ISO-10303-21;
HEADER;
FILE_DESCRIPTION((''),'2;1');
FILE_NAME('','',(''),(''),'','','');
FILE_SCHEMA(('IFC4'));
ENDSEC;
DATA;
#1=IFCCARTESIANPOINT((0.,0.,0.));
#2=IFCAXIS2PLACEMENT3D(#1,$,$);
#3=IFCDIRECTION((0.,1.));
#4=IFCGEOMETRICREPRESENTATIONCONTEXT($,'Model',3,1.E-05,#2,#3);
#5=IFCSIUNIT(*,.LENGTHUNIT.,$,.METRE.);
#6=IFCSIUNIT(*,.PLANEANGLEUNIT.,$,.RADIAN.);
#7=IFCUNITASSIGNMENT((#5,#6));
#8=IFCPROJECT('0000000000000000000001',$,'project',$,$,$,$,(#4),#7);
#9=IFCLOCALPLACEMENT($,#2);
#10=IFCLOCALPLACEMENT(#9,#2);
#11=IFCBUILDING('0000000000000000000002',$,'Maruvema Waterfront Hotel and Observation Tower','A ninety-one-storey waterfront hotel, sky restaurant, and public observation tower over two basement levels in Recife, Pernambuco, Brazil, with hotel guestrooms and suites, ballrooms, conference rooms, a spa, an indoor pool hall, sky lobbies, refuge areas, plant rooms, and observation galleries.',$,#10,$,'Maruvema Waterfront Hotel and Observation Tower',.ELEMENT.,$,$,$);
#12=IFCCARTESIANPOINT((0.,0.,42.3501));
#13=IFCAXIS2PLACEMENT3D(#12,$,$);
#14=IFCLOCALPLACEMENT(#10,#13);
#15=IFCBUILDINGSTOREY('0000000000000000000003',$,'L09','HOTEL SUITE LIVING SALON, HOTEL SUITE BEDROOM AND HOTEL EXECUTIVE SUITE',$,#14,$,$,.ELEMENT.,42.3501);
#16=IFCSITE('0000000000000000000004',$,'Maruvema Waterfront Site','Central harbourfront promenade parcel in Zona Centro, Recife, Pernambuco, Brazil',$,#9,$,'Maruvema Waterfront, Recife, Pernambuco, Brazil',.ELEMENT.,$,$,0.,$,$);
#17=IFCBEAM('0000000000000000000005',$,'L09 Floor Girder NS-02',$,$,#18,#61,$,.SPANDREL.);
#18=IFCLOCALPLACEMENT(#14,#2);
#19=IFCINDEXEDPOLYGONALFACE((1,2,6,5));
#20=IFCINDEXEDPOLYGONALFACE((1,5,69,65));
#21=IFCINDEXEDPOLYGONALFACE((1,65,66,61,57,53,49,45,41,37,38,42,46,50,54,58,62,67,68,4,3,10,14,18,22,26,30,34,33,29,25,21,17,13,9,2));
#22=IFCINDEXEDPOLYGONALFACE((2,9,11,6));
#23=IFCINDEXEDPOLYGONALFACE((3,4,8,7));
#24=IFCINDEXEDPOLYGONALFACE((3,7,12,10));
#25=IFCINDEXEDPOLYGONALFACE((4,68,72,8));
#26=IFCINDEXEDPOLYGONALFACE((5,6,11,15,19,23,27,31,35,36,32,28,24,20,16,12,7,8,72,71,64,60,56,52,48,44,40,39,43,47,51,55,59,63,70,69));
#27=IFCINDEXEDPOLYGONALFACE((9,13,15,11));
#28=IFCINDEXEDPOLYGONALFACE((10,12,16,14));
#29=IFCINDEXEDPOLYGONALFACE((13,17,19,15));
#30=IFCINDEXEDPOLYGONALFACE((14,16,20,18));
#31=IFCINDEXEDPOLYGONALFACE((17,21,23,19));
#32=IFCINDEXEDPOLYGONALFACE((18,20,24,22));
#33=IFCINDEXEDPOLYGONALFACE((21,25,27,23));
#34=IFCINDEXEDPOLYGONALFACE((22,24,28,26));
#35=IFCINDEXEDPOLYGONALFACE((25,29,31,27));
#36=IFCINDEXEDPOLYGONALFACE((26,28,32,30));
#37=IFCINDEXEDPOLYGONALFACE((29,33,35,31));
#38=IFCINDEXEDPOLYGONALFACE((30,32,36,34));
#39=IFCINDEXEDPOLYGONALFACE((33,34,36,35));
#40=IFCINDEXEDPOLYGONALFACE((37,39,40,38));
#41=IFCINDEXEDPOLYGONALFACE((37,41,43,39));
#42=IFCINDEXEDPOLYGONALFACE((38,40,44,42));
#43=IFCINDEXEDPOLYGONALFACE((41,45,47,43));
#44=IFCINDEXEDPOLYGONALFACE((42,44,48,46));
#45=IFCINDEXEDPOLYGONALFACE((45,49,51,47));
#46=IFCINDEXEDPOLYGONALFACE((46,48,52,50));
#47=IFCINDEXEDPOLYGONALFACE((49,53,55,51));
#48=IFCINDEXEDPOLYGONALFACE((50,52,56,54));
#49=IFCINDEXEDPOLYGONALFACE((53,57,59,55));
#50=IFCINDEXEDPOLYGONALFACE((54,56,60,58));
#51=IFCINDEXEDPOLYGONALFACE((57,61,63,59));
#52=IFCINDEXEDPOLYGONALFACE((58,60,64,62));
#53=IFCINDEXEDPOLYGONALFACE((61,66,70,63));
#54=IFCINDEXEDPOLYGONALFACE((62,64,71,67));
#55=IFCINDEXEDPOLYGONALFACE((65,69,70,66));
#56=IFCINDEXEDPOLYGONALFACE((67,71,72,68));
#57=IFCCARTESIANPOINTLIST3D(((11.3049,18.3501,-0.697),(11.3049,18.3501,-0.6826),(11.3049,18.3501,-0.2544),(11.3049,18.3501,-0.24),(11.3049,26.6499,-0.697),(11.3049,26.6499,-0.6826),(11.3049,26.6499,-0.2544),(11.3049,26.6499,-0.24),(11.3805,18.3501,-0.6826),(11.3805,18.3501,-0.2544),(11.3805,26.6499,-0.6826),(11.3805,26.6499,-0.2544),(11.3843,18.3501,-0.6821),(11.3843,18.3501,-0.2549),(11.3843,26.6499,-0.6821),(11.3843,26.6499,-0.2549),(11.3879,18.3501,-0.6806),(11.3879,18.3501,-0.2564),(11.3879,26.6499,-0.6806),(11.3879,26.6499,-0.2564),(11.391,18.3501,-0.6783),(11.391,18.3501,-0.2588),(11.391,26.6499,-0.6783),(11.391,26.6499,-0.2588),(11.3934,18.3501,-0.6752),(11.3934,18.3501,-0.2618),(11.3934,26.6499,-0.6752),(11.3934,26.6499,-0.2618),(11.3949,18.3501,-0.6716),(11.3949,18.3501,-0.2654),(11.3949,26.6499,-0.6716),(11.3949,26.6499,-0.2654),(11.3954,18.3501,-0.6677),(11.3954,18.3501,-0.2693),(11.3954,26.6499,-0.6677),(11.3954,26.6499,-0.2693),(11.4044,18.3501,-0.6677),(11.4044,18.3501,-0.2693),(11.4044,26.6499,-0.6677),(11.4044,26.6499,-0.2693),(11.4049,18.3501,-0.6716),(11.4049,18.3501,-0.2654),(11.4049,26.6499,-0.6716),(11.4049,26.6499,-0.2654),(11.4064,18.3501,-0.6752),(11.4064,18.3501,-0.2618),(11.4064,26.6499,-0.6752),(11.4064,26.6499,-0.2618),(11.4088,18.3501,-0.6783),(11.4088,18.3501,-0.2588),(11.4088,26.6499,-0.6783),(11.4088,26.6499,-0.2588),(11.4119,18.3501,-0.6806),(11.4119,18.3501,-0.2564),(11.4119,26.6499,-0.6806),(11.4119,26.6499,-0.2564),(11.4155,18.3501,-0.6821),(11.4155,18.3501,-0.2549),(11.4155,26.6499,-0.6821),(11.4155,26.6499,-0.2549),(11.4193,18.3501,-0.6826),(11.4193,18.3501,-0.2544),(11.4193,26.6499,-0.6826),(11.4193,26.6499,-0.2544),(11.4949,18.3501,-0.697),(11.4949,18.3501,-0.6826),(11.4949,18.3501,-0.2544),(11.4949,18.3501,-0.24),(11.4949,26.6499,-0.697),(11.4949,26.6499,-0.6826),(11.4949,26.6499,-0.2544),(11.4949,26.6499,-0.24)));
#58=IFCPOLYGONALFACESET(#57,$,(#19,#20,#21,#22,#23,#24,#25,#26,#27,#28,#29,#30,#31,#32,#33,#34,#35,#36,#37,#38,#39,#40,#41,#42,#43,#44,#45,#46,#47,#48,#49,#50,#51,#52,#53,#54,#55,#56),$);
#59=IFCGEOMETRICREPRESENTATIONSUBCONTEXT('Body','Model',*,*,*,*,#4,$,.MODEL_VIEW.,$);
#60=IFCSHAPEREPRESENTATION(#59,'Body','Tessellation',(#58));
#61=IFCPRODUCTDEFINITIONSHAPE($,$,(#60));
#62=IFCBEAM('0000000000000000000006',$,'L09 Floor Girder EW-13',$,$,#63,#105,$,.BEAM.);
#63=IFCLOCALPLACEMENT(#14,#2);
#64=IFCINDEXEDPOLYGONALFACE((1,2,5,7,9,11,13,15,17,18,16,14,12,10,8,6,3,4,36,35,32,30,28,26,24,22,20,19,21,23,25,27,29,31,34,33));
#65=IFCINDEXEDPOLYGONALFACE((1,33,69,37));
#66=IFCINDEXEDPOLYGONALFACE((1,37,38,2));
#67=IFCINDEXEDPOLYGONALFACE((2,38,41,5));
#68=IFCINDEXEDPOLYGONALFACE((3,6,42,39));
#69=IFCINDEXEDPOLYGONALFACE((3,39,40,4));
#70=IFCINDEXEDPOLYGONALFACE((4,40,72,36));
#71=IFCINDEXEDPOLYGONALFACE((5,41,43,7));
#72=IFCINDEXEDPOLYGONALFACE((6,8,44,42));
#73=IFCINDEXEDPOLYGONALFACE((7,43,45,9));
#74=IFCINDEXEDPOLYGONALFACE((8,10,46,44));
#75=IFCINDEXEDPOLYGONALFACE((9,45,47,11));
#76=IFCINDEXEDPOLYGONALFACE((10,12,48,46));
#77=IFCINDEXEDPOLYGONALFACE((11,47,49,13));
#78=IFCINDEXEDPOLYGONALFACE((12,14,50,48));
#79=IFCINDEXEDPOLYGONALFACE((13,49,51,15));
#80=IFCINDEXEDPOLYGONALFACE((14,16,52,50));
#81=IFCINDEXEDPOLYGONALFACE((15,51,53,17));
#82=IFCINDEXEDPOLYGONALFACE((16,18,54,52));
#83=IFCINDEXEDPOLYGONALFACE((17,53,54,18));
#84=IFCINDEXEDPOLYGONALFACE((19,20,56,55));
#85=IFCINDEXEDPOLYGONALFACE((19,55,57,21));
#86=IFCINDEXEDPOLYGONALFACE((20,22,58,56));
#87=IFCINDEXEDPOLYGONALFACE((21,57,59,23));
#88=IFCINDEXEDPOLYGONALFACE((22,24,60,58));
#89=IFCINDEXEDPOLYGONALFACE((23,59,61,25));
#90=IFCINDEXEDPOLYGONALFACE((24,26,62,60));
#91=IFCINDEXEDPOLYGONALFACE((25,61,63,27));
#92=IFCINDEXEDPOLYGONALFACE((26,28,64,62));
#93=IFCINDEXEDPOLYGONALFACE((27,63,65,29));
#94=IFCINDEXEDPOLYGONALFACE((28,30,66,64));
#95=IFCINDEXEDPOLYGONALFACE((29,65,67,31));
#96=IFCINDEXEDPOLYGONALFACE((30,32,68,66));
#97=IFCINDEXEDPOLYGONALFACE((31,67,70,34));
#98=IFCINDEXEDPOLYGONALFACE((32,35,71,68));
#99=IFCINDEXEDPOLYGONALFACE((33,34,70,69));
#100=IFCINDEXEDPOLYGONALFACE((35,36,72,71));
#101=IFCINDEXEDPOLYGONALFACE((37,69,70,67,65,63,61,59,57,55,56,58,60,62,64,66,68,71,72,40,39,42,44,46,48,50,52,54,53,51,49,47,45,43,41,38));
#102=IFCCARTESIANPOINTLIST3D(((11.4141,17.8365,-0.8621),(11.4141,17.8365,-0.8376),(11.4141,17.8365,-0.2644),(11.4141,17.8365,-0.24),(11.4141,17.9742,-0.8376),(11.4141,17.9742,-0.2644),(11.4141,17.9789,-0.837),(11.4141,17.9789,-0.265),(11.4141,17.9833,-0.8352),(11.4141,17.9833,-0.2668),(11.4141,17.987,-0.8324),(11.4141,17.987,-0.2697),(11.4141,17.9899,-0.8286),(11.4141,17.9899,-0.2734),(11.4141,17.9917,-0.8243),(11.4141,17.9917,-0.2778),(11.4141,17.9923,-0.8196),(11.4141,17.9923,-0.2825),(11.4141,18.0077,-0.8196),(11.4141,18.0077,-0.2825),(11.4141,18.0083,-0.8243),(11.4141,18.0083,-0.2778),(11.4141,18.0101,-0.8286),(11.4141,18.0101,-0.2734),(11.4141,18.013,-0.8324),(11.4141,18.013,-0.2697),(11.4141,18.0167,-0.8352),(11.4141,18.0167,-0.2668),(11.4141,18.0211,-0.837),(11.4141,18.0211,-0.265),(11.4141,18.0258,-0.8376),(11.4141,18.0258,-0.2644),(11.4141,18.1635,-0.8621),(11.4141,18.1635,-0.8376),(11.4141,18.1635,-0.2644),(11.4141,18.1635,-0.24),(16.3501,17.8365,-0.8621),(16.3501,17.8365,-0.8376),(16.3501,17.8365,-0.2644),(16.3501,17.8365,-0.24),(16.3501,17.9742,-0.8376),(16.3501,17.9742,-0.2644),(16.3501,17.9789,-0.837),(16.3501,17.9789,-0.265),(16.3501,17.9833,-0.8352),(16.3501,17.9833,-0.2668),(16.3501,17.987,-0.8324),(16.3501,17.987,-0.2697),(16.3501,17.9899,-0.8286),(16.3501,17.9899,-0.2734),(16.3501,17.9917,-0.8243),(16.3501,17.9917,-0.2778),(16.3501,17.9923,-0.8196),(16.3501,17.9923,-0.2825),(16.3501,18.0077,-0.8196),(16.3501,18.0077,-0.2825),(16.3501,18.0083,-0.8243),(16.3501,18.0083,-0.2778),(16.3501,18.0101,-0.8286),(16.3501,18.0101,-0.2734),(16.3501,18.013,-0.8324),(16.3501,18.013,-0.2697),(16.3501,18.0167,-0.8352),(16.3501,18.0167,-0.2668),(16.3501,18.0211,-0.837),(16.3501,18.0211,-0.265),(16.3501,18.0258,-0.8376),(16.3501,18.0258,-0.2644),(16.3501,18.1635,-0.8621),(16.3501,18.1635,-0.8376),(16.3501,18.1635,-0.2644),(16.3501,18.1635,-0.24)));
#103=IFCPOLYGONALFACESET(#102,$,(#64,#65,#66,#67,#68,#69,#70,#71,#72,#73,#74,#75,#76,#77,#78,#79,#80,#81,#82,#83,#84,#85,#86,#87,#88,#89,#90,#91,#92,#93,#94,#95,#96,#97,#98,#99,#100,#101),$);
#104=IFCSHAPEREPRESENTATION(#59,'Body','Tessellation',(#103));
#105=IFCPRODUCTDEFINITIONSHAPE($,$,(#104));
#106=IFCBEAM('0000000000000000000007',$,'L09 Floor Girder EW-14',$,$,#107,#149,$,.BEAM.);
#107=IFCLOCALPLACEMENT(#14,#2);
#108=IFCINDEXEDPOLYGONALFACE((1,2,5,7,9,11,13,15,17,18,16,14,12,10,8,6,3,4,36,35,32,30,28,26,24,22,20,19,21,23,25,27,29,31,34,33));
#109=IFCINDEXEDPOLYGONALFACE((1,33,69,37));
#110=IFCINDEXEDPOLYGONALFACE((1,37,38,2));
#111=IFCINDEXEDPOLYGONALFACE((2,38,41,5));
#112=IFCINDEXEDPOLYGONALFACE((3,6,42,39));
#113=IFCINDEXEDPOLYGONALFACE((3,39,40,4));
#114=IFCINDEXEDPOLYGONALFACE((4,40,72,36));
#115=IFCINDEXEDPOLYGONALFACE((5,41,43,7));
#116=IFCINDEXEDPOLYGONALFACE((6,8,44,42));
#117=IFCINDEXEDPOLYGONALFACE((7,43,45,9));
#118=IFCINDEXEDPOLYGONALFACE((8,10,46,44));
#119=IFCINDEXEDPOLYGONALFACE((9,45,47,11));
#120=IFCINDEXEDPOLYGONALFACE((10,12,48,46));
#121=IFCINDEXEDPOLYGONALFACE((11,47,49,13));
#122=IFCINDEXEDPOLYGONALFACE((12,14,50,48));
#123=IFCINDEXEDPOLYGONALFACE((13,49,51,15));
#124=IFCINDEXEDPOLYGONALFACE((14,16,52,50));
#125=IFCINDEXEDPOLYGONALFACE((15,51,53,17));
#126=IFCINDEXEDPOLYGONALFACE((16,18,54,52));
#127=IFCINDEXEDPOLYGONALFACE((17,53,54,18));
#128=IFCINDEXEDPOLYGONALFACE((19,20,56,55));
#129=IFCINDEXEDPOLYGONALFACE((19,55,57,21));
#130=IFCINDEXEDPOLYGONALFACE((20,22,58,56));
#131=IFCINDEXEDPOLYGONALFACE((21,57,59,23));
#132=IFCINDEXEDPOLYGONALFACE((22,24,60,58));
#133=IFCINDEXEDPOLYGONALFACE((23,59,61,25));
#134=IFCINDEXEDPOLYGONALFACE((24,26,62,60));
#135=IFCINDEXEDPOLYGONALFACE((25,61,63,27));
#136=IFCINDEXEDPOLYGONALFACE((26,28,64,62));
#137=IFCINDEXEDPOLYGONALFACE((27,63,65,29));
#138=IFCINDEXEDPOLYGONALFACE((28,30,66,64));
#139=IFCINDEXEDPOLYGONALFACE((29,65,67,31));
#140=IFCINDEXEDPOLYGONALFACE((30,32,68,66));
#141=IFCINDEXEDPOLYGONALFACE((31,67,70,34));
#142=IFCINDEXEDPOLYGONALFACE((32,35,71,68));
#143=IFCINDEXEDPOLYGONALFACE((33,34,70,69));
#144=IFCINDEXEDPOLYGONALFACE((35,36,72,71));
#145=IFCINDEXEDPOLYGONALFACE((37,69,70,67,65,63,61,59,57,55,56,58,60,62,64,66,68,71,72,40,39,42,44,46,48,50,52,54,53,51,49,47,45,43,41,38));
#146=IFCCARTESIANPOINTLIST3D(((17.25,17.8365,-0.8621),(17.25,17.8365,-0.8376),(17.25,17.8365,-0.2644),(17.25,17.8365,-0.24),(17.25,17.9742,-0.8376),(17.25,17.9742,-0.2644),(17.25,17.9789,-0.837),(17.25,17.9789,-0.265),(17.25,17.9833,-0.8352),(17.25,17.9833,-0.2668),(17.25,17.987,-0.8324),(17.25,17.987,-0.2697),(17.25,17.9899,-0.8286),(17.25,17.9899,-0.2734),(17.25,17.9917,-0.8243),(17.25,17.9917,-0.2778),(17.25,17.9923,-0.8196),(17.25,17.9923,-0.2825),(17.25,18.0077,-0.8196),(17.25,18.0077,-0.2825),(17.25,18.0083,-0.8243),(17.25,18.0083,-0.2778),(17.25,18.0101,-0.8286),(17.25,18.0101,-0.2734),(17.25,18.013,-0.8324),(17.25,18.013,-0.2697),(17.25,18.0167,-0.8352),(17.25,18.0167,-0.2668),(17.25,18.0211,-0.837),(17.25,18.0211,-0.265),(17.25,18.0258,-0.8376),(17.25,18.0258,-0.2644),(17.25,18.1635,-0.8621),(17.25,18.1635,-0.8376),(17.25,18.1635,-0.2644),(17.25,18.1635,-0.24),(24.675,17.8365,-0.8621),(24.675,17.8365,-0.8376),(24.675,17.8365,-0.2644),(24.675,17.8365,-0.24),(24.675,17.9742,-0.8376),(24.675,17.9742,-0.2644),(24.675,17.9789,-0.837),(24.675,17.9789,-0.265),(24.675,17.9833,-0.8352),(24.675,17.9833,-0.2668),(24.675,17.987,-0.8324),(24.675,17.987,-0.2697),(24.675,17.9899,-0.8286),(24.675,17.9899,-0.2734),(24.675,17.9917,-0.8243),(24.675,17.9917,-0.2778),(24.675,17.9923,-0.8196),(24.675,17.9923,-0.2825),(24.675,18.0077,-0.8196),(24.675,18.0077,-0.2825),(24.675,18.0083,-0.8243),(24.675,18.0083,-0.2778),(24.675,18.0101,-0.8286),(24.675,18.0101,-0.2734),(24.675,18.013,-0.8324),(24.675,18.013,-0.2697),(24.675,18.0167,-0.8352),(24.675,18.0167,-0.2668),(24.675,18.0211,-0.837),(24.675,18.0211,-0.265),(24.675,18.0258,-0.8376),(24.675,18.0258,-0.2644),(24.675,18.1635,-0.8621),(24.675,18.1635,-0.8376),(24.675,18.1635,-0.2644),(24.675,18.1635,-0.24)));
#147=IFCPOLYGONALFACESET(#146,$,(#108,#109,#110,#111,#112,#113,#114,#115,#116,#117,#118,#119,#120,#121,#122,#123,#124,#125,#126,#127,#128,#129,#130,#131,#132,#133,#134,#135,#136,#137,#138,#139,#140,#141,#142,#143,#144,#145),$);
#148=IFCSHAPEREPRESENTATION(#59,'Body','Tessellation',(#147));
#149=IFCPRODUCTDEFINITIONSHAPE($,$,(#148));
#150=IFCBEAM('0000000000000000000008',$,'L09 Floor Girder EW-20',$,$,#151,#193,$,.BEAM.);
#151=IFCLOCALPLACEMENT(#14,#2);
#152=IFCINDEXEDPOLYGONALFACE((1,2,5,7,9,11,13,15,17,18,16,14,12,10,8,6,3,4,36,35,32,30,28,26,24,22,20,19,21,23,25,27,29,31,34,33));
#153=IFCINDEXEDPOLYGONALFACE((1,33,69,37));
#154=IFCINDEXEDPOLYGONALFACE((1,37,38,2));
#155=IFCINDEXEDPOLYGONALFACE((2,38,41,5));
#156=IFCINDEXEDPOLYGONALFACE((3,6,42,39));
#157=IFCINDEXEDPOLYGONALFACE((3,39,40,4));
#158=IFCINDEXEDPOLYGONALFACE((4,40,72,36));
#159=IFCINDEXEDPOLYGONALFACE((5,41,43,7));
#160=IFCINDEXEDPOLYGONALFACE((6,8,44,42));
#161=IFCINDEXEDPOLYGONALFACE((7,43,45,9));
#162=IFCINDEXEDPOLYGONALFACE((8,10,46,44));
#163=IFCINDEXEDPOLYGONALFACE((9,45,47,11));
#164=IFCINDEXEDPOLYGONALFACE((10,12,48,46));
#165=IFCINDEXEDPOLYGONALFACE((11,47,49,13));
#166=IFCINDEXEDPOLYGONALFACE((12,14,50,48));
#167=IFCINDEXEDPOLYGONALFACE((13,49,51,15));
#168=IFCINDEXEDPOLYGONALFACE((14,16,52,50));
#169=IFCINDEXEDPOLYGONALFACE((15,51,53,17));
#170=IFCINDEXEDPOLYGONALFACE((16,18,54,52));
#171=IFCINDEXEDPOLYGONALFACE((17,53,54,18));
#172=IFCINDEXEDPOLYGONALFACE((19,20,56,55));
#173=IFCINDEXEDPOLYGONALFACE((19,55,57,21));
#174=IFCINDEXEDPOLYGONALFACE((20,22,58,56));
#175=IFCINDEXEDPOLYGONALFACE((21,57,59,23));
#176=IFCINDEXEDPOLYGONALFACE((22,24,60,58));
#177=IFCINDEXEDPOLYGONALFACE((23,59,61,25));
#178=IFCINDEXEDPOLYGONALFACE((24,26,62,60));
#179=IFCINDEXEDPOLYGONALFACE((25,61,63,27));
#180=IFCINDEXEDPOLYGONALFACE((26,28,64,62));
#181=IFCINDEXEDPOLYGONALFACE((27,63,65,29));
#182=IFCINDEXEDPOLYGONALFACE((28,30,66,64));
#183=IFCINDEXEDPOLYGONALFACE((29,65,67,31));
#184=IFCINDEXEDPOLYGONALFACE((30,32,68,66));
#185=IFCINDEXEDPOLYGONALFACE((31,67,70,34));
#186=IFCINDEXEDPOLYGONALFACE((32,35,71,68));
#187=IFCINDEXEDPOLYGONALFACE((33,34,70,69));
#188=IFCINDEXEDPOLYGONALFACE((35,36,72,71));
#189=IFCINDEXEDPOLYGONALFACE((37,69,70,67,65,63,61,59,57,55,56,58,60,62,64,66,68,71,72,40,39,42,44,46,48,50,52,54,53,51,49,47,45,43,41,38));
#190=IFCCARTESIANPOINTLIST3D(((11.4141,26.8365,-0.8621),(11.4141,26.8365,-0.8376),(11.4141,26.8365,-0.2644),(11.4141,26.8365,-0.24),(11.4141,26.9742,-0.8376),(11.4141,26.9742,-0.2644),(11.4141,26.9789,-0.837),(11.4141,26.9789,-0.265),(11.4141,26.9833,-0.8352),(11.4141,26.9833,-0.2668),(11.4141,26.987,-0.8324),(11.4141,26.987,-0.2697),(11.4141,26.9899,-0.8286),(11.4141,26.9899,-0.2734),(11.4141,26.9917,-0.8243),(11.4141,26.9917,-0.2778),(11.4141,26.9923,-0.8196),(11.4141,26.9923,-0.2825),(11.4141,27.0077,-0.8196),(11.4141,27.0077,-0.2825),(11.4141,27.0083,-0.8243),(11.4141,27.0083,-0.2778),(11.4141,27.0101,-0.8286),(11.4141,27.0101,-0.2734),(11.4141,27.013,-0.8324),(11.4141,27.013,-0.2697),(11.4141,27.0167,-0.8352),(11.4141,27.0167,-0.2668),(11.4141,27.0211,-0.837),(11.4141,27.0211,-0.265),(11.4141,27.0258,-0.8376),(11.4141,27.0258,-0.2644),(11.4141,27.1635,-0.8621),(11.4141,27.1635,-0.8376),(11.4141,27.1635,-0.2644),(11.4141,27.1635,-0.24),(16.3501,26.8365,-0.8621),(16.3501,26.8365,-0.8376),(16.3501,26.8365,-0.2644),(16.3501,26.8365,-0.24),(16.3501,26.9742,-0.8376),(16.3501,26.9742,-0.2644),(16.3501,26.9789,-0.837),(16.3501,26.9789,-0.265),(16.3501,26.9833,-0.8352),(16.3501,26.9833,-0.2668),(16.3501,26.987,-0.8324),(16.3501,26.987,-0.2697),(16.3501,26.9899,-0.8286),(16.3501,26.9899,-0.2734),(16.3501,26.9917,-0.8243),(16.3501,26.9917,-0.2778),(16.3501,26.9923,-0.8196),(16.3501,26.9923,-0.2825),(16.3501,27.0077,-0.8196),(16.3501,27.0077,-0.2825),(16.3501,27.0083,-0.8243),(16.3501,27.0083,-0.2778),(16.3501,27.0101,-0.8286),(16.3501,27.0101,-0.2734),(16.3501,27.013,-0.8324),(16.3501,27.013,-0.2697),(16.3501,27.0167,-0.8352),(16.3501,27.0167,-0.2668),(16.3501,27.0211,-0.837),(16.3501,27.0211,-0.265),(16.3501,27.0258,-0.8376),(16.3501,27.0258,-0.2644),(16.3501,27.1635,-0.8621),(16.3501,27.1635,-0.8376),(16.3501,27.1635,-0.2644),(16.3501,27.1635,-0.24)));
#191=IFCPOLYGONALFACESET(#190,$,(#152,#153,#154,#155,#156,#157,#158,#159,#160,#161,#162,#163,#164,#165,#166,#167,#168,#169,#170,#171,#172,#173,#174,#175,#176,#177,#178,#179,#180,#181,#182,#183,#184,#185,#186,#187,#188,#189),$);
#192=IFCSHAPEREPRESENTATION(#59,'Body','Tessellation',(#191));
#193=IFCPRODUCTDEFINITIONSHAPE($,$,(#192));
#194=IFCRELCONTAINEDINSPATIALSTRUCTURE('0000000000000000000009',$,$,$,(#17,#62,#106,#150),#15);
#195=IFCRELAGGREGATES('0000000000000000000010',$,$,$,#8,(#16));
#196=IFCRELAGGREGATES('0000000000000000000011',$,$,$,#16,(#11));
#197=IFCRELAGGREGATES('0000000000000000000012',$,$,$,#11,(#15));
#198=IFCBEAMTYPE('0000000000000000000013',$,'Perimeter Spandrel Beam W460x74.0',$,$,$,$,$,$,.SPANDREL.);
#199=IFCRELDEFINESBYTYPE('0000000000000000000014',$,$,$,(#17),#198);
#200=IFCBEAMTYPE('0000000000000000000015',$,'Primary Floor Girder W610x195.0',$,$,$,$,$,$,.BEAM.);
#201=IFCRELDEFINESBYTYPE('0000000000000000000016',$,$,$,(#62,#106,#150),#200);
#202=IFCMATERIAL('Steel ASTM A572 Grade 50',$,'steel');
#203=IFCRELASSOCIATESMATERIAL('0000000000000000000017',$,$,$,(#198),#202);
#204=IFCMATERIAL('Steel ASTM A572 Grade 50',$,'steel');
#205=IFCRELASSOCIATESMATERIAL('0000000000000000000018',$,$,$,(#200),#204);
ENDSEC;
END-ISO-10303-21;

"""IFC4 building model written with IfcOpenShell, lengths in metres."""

from ifc_helpers import new_model, si_unit, direction, frame, origin, origin_2d, place, context, subcontext, project, spatial, i_section, extrude, material, material_profile, profile_set, type_object, element, save


model = new_model("IFC4")

# Units and contexts
model_context = context("Model", 3, precision=1e-05, world=origin(), true_north=direction((0.0, 1.0)))
body_context = subcontext(model_context, "Body", "Model", "MODEL_VIEW")
ifc_project = project(units=[si_unit("LENGTHUNIT", "METRE"), si_unit("PLANEANGLEUNIT", "RADIAN")], contexts=[model_context])

# Site, building, storey
site_placement = place(None, origin())
site = spatial("IfcSite", under=ifc_project, at=site_placement, Name="Maruvema Waterfront Site", Description="Central harbourfront promenade parcel in Zona Centro, Recife, Pernambuco, Brazil", LongName="Maruvema Waterfront, Recife, Pernambuco, Brazil", CompositionType="ELEMENT", RefElevation=0.0)
building_placement = place(site_placement, origin())
building = spatial("IfcBuilding", under=site, at=building_placement, Name="Maruvema Waterfront Hotel and Observation Tower", Description="A ninety-one-storey waterfront hotel, sky restaurant, and public observation tower over two basement levels in Recife, Pernambuco, Brazil, with hotel guestrooms and suites, ballrooms, conference rooms, a spa, an indoor pool hall, sky lobbies, refuge areas, plant rooms, and observation galleries.", LongName="Maruvema Waterfront Hotel and Observation Tower", CompositionType="ELEMENT")
storey_placement = place(building_placement, frame((0.0, 0.0, 42.3501)))
storey = spatial("IfcBuildingStorey", under=building, at=storey_placement, Name="L09", Description="HOTEL SUITE LIVING SALON, HOTEL SUITE BEDROOM AND HOTEL EXECUTIVE SUITE", CompositionType="ELEMENT", Elevation=42.3501)

# Beams
ifc_material_1 = material(Name="Steel ASTM A572 Grade 50", Category="steel")
ifc_material_profile_1 = material_profile(ifc_material_1, i_section(OverallWidth=0.1899, OverallDepth=0.457, WebThickness=0.009, FlangeThickness=0.0144, FilletRadius=0.0149, at=origin_2d()), Name="W460x74.0")
ifc_profile_set_1 = profile_set([ifc_material_profile_1], Name="Steel ASTM A572 Grade 50")
beam_type_1 = type_object("IfcBeamType", Name="Perimeter Spandrel Beam W460x74.0", PredefinedType="SPANDREL", material=ifc_profile_set_1)
beam_1_placement = place(storey_placement, frame((11.3999, 18.3501, -0.4685), z_axis=(0.0, 1.0, 0.0), x_axis=(-1.0, 0.0, 0.0)))
element("IfcBeam", 1, at=beam_1_placement, inside=storey, type_object=beam_type_1, Name="L09 Floor Girder NS-02", PredefinedType="SPANDREL", context=body_context, shape_type="SweptSolid", body=[
    extrude(i_section(OverallWidth=0.1899, OverallDepth=0.457, WebThickness=0.009, FlangeThickness=0.0144, FilletRadius=0.0149, at=origin_2d()), origin(), (0.0, 0.0, 1.0), 8.2998),
])
ifc_material_2 = material(Name="Steel ASTM A572 Grade 50", Category="steel")
ifc_material_profile_2 = material_profile(ifc_material_2, i_section(OverallWidth=0.3269, OverallDepth=0.6221, WebThickness=0.0154, FlangeThickness=0.0244, FilletRadius=0.0181, at=origin_2d()), Name="W610x195.0")
ifc_profile_set_2 = profile_set([ifc_material_profile_2], Name="Steel ASTM A572 Grade 50")
beam_type_2 = type_object("IfcBeamType", Name="Primary Floor Girder W610x195.0", PredefinedType="BEAM", material=ifc_profile_set_2)
beam_2_placement = place(storey_placement, frame((11.4141, 18.0, -0.551), z_axis=(1.0, 0.0, 0.0), x_axis=(0.0, 1.0, 0.0)))
element("IfcBeam", 2, at=beam_2_placement, inside=storey, type_object=beam_type_2, Name="L09 Floor Girder EW-13", PredefinedType="BEAM", context=body_context, shape_type="SweptSolid", body=[
    extrude(i_section(OverallWidth=0.3269, OverallDepth=0.6221, WebThickness=0.0154, FlangeThickness=0.0244, FilletRadius=0.0181, at=origin_2d()), origin(), (0.0, 0.0, 1.0), 4.936),
])
beam_3_placement = place(storey_placement, frame((17.25, 18.0, -0.551), z_axis=(1.0, 0.0, 0.0), x_axis=(0.0, 1.0, 0.0)))
element("IfcBeam", 3, at=beam_3_placement, inside=storey, type_object=beam_type_2, Name="L09 Floor Girder EW-14", PredefinedType="BEAM", context=body_context, shape_type="SweptSolid", body=[
    extrude(i_section(OverallWidth=0.3269, OverallDepth=0.6221, WebThickness=0.0154, FlangeThickness=0.0244, FilletRadius=0.0181, at=origin_2d()), origin(), (0.0, 0.0, 1.0), 7.425),
])
beam_4_placement = place(storey_placement, frame((11.4141, 27.0, -0.551), z_axis=(1.0, 0.0, 0.0), x_axis=(0.0, 1.0, 0.0)))
element("IfcBeam", 4, at=beam_4_placement, inside=storey, type_object=beam_type_2, Name="L09 Floor Girder EW-20", PredefinedType="BEAM", context=body_context, shape_type="SweptSolid", body=[
    extrude(i_section(OverallWidth=0.3269, OverallDepth=0.6221, WebThickness=0.0154, FlangeThickness=0.0244, FilletRadius=0.0181, at=origin_2d()), origin(), (0.0, 0.0, 1.0), 4.936),
])

save(model, "model.ifc")
